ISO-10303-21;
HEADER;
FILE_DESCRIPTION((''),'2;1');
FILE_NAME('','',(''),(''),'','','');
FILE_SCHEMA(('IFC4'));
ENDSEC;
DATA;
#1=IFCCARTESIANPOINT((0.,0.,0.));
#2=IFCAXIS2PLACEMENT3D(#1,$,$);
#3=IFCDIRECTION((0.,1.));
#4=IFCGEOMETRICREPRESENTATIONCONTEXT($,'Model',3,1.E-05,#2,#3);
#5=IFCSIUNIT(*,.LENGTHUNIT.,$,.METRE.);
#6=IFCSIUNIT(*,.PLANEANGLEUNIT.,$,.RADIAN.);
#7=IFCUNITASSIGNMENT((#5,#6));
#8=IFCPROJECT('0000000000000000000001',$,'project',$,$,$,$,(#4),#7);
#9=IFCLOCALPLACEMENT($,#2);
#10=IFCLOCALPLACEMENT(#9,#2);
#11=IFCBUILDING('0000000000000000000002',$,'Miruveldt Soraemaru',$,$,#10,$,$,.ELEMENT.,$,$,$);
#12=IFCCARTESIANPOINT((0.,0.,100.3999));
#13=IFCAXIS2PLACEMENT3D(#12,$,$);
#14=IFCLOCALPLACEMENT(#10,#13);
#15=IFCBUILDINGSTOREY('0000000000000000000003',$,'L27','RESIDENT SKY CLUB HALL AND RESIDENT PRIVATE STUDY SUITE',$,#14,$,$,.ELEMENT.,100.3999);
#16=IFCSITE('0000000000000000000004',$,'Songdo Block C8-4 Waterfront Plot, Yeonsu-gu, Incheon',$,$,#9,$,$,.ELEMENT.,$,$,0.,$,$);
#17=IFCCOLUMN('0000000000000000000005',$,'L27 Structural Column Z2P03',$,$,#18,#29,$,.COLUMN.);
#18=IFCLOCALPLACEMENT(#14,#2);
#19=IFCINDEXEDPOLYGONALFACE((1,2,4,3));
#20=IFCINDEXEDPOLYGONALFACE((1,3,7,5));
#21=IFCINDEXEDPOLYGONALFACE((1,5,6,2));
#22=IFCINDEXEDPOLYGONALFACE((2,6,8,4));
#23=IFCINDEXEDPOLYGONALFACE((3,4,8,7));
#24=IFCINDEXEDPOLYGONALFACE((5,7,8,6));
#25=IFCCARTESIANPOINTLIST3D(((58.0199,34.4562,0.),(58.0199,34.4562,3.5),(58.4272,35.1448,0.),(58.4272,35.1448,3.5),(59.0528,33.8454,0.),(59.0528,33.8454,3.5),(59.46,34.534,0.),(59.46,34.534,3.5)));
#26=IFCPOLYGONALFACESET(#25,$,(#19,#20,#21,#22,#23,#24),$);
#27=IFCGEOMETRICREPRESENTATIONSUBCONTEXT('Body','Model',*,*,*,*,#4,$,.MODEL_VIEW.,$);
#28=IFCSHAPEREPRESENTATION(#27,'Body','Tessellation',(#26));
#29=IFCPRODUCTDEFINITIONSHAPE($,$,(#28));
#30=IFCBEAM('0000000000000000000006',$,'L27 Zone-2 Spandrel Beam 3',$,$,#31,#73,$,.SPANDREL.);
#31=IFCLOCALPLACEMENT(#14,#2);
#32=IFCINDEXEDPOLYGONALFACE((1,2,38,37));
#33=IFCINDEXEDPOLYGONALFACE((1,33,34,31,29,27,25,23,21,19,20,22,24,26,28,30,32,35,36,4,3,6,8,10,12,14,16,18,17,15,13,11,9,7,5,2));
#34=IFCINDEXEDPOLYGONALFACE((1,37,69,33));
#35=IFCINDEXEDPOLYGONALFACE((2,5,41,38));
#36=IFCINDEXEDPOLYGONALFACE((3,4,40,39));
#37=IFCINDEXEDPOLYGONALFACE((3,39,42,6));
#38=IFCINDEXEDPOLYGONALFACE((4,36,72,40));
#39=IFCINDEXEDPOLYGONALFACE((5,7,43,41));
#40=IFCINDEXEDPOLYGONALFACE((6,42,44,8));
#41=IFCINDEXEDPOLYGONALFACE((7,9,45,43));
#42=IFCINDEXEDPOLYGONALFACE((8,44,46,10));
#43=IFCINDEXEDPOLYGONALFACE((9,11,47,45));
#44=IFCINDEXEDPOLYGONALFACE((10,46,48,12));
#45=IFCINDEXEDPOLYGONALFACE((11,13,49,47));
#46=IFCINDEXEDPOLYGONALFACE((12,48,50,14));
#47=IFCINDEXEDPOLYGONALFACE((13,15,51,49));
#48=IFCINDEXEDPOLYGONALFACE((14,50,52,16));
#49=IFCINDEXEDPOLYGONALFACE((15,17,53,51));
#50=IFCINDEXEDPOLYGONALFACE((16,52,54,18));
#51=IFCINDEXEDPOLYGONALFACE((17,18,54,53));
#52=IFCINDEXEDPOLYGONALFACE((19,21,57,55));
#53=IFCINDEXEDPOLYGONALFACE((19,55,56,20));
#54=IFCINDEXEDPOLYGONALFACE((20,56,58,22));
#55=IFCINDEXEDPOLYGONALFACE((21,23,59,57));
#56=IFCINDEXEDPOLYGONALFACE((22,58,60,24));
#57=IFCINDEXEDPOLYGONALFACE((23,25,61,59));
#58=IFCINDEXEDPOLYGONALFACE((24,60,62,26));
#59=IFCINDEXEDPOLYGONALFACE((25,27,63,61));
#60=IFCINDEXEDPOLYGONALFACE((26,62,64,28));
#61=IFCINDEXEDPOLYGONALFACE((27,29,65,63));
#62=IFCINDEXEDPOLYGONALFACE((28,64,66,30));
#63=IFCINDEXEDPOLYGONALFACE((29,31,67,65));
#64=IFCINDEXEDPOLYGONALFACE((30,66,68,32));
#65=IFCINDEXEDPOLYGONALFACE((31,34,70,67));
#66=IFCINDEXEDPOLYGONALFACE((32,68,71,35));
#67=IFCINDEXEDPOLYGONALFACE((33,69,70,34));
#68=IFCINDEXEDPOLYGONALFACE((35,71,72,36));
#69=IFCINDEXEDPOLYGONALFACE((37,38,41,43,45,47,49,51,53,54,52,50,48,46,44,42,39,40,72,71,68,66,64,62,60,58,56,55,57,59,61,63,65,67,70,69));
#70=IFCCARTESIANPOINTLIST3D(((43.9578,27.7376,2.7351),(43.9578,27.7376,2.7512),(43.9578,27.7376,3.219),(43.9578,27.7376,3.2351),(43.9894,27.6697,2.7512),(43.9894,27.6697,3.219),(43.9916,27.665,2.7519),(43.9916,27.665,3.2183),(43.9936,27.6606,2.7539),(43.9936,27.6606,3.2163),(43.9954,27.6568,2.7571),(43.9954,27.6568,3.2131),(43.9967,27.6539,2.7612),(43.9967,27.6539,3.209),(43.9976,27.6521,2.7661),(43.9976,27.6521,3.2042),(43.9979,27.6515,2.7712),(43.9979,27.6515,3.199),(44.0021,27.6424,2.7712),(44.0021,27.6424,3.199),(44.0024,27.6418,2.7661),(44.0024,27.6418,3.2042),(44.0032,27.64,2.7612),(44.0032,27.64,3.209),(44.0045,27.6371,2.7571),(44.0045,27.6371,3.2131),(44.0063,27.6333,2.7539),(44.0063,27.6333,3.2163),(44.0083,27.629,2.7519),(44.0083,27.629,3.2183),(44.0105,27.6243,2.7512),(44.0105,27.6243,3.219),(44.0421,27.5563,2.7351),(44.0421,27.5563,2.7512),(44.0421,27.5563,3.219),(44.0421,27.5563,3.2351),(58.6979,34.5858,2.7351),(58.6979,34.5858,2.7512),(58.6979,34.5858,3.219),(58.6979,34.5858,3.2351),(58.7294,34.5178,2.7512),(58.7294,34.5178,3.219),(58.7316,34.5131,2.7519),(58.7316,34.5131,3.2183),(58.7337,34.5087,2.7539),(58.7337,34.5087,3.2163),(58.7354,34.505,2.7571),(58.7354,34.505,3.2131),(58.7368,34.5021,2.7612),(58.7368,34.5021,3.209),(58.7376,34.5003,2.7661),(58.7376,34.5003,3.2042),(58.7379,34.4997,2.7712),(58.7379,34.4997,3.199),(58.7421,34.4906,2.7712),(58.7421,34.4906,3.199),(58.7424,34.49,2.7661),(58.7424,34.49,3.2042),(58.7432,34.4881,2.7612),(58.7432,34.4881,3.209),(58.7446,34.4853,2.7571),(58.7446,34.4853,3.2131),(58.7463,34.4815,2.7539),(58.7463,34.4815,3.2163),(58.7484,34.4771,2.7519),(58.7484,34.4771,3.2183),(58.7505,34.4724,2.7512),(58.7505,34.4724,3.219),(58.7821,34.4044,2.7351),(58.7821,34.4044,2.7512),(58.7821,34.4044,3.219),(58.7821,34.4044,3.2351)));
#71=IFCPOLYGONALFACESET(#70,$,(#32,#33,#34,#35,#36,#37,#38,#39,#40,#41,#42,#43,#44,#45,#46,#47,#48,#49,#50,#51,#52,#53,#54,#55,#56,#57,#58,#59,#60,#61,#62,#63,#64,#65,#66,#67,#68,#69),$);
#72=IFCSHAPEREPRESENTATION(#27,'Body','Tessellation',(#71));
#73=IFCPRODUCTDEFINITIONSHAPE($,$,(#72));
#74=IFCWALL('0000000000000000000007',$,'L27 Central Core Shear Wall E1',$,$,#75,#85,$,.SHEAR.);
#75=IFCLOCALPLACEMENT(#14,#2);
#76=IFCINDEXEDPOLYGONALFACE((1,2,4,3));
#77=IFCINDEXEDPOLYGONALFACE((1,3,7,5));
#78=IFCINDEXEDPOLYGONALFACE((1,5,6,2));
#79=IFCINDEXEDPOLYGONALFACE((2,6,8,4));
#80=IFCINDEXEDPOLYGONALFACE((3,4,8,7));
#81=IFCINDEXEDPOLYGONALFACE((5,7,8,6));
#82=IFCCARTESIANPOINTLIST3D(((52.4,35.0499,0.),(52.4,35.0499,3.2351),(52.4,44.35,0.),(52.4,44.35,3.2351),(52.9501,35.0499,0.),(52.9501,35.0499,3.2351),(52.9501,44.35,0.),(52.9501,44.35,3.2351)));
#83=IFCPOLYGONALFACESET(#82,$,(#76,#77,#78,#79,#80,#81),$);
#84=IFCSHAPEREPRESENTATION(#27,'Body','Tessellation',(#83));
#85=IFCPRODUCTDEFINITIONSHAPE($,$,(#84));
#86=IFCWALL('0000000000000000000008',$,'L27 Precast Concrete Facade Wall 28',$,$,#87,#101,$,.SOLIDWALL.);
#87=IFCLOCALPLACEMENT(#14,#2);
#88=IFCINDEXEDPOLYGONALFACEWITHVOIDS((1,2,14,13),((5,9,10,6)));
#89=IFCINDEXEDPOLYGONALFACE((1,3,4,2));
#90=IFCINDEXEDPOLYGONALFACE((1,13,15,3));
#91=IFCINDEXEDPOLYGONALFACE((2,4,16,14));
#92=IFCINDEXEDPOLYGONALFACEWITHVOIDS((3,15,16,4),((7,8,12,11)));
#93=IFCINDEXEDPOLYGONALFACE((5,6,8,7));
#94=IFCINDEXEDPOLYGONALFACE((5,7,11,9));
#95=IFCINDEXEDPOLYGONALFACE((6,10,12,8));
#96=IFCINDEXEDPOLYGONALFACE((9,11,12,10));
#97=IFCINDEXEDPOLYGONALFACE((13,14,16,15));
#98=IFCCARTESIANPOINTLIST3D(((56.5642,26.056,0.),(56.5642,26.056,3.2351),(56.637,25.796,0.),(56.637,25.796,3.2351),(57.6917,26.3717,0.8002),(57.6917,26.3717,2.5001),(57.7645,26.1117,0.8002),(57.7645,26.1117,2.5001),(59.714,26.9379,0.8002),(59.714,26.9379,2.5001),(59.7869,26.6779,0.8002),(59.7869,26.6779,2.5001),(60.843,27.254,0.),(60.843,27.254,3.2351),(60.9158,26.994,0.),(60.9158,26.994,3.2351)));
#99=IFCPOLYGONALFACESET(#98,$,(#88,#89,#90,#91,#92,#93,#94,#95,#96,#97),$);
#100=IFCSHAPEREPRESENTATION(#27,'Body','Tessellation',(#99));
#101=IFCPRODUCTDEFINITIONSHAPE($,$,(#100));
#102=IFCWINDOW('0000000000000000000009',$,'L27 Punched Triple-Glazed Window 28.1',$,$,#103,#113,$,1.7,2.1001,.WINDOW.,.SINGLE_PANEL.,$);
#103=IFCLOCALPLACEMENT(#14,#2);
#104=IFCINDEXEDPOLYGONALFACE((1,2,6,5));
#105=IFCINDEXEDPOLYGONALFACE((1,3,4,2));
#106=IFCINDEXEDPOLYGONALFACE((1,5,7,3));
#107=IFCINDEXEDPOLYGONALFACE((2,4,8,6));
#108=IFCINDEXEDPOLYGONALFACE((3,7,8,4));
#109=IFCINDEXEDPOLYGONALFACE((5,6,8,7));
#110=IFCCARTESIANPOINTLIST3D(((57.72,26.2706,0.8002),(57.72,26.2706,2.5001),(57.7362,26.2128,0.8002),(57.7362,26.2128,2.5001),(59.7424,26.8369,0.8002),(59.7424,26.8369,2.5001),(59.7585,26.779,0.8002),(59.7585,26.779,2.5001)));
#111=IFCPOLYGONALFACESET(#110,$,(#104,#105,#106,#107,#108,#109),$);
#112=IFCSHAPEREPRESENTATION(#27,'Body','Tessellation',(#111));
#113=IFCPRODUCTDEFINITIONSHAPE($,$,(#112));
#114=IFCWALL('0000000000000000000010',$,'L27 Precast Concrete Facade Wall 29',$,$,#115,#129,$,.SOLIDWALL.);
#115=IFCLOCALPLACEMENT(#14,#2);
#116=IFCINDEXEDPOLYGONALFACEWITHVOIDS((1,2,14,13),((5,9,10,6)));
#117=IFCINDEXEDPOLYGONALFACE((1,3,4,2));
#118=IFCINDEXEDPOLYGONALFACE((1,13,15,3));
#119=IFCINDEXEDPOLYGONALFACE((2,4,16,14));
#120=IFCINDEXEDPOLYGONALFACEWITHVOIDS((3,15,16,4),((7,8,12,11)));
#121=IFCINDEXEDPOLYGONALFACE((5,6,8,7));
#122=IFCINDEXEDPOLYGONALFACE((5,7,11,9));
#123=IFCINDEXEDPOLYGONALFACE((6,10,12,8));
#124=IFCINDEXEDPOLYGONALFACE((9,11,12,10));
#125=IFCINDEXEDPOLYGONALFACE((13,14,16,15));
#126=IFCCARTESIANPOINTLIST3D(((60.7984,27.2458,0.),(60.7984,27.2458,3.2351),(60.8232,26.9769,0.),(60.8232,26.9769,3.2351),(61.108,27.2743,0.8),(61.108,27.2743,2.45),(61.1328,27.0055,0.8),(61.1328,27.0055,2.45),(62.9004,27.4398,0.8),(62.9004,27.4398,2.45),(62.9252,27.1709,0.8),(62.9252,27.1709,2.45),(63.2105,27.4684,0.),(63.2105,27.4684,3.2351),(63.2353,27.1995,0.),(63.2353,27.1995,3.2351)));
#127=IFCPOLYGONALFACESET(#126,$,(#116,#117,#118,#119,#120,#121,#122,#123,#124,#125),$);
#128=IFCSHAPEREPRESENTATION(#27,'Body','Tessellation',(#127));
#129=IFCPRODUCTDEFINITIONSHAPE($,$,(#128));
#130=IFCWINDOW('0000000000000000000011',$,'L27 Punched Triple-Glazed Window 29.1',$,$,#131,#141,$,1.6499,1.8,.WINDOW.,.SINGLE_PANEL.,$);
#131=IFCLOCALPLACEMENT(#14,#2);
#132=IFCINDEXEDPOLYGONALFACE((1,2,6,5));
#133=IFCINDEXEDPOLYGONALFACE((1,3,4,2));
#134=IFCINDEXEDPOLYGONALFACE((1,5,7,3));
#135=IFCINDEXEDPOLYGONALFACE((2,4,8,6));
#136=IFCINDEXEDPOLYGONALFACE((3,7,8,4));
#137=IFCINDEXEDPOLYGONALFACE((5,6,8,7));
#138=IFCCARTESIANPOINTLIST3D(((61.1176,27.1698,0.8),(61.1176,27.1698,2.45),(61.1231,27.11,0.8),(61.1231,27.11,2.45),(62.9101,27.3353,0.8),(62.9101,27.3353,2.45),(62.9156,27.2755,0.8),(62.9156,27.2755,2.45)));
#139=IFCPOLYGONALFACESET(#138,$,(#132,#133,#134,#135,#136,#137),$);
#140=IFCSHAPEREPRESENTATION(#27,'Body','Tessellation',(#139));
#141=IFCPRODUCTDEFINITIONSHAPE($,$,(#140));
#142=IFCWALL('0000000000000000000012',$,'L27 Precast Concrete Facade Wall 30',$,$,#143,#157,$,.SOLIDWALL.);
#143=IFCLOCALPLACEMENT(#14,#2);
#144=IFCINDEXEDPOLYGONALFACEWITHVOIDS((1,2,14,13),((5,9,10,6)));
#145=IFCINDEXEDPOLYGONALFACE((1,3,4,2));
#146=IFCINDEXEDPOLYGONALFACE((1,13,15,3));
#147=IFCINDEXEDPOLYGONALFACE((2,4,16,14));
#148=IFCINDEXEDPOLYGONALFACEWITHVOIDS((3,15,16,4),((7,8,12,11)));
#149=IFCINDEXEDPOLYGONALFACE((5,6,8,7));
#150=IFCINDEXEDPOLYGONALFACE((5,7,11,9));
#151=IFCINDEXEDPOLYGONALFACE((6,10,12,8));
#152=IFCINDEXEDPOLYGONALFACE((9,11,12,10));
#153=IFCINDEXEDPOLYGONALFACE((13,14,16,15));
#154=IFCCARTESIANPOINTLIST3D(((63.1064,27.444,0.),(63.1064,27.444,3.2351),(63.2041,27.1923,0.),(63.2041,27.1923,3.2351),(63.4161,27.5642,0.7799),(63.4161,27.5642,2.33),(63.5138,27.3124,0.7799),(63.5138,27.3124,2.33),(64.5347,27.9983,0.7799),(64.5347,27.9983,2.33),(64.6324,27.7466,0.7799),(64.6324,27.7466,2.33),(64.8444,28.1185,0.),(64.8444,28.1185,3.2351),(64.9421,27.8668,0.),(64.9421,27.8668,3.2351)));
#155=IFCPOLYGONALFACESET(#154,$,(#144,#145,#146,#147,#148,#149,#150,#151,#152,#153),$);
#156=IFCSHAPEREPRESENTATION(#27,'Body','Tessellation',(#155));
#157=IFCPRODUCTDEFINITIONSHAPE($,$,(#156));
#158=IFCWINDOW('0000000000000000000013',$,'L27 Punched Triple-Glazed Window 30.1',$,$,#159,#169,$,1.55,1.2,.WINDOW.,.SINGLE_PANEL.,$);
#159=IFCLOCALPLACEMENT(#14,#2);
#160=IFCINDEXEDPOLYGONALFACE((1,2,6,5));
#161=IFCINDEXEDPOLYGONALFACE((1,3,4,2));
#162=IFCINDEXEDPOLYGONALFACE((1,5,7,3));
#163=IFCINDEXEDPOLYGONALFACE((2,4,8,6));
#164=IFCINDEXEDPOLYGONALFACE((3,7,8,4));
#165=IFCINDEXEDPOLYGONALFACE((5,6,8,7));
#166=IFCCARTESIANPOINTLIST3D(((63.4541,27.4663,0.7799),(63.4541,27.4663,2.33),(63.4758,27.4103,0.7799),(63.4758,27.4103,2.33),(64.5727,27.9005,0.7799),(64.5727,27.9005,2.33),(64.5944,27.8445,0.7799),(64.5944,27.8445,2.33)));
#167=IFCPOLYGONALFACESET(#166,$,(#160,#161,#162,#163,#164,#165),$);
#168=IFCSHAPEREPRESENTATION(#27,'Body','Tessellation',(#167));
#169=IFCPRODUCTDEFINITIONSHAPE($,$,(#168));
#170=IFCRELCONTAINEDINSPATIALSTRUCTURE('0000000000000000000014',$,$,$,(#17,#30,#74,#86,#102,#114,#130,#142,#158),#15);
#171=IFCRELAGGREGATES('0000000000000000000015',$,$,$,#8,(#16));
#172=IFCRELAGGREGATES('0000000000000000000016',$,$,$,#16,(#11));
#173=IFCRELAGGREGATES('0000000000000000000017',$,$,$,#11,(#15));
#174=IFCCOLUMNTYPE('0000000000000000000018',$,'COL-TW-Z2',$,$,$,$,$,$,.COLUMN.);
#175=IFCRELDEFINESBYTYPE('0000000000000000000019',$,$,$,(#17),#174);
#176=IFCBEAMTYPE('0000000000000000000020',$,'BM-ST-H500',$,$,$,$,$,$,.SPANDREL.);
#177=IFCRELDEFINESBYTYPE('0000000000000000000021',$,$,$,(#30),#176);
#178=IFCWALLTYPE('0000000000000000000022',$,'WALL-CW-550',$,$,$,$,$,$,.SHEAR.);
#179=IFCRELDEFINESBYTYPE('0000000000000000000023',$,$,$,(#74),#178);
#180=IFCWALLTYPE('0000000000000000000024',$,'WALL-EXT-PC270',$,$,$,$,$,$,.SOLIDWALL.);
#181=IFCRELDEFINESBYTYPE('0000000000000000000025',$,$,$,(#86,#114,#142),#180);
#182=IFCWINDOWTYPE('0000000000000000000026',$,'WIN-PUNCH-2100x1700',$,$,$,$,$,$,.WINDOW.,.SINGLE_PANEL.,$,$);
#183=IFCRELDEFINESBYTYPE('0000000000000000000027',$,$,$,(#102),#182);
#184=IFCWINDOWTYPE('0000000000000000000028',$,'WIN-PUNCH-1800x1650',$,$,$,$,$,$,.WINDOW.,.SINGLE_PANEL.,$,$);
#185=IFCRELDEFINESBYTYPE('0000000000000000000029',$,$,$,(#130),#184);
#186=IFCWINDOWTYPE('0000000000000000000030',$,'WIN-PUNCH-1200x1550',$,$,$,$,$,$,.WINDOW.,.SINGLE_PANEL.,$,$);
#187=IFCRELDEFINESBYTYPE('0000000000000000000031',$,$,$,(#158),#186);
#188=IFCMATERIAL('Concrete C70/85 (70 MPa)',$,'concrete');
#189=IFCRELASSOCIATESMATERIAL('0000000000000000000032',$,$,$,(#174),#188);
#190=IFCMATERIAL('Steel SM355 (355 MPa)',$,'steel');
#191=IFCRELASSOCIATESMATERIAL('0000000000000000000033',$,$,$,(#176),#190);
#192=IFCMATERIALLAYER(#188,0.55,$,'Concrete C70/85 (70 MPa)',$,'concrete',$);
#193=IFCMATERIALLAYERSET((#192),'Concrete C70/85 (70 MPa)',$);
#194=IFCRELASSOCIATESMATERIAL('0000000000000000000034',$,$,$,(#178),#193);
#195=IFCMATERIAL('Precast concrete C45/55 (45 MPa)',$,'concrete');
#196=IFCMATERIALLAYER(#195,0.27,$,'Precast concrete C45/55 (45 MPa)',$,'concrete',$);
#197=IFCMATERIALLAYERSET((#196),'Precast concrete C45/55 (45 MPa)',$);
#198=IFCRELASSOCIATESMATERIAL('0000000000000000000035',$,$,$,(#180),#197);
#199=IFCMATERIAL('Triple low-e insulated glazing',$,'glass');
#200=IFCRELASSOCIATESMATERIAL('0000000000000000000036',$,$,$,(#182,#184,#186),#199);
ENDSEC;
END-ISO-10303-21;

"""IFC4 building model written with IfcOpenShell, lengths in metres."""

from ifc_helpers import new_model, si_unit, direction, frame, frame_2d, origin, origin_2d, place, context, subcontext, project, spatial, rectangle, i_section, extrude, material, layer, layer_set, material_profile, profile_set, type_object, element, fill, save


model = new_model("IFC4")

# Units and contexts
model_context = context("Model", 3, precision=1e-05, world=origin(), true_north=direction((0.0, 1.0)))
body_context = subcontext(model_context, "Body", "Model", "MODEL_VIEW")
ifc_project = project(units=[si_unit("LENGTHUNIT", "METRE"), si_unit("PLANEANGLEUNIT", "RADIAN")], contexts=[model_context])

# Site, building, storey
site_placement = place(None, origin())
site = spatial("IfcSite", under=ifc_project, at=site_placement, Name="Songdo Block C8-4 Waterfront Plot, Yeonsu-gu, Incheon", CompositionType="ELEMENT", RefElevation=0.0)
building_placement = place(site_placement, origin())
building = spatial("IfcBuilding", under=site, at=building_placement, Name="Miruveldt Soraemaru", CompositionType="ELEMENT")
storey_placement = place(building_placement, frame((0.0, 0.0, 100.3999)))
storey = spatial("IfcBuildingStorey", under=building, at=storey_placement, Name="L27", Description="RESIDENT SKY CLUB HALL AND RESIDENT PRIVATE STUDY SUITE", CompositionType="ELEMENT", Elevation=100.3999)

# Column
ifc_material_1 = material(Name="Concrete C70/85 (70 MPa)", Category="concrete")
ifc_material_profile_1 = material_profile(ifc_material_1, rectangle(XDim=1.2, YDim=0.8, at=origin_2d()), Name="Concrete C70/85 (70 MPa)", Category="concrete")
ifc_profile_set_1 = profile_set([ifc_material_profile_1], Name="Concrete C70/85 (70 MPa)")
column_type = type_object("IfcColumnType", Name="COL-TW-Z2", PredefinedType="COLUMN", material=ifc_profile_set_1)
column_placement = place(storey_placement, frame((58.74, 34.4951, 0.0), z_axis=(0.0, 0.0, 1.0), x_axis=(-0.860742, 0.509041, 0.0)))
element("IfcColumn", 1, at=column_placement, inside=storey, type_object=column_type, Name="L27 Structural Column Z2P03", PredefinedType="COLUMN", context=body_context, shape_type="SweptSolid", body=[
    extrude(rectangle(XDim=1.2, YDim=0.8, at=origin_2d()), origin(), (0.0, 0.0, 1.0), 3.5),
])

# Beam
ifc_material_2 = material(Name="Steel SM355 (355 MPa)", Category="steel")
ifc_material_profile_2 = material_profile(ifc_material_2, i_section(OverallWidth=0.2, OverallDepth=0.5, WebThickness=0.01, FlangeThickness=0.0161, FilletRadius=0.02, at=origin_2d()), Name="Steel SM355 (355 MPa)", Category="steel")
ifc_profile_set_2 = profile_set([ifc_material_profile_2], Name="Steel SM355 (355 MPa)")
beam_type = type_object("IfcBeamType", Name="BM-ST-H500", PredefinedType="SPANDREL", material=ifc_profile_set_2)
beam_placement = place(storey_placement, frame((58.74, 34.4951, 2.9851), z_axis=(-0.906901, -0.421343, 0.0), x_axis=(0.421343, -0.906901, 0.0)))
element("IfcBeam", 2, at=beam_placement, inside=storey, type_object=beam_type, Name="L27 Zone-2 Spandrel Beam 3", PredefinedType="SPANDREL", context=body_context, shape_type="SweptSolid", body=[
    extrude(i_section(OverallWidth=0.2, OverallDepth=0.5, WebThickness=0.01, FlangeThickness=0.0161, FilletRadius=0.02, at=origin_2d()), origin(), (0.0, 0.0, 1.0), 16.2532),
])

# Wall
ifc_layer_1 = layer(ifc_material_1, 0.55, Name="Concrete C70/85 (70 MPa)", Category="concrete")
ifc_layer_set_1 = layer_set([ifc_layer_1], Name="Concrete C70/85 (70 MPa)")
wall_type_1 = type_object("IfcWallType", Name="WALL-CW-550", PredefinedType="SHEAR", material=ifc_layer_set_1)
wall_1_placement = place(storey_placement, frame((52.675, 35.05, 0.0), z_axis=(0.0, 0.0, 1.0), x_axis=(0.0, 1.0, 0.0)))
element("IfcWall", 3, at=wall_1_placement, inside=storey, type_object=wall_type_1, Name="L27 Central Core Shear Wall E1", PredefinedType="SHEAR", context=body_context, shape_type="SweptSolid", body=[
    extrude(rectangle(XDim=9.3, YDim=0.55, at=frame_2d((4.6499, 0.0))), origin(), (0.0, 0.0, 1.0), 3.2351),
])

# Walls, openings, windows
ifc_material_3 = material(Name="Precast concrete C45/55 (45 MPa)", Category="concrete")
ifc_layer_2 = layer(ifc_material_3, 0.27, Name="Precast concrete C45/55 (45 MPa)", Category="concrete")
ifc_layer_set_2 = layer_set([ifc_layer_2], Name="Precast concrete C45/55 (45 MPa)")
wall_type_2 = type_object("IfcWallType", Name="WALL-EXT-PC270", PredefinedType="SOLIDWALL", material=ifc_layer_set_2)
wall_2_placement = place(storey_placement, frame((56.6006, 25.926, 0.0), z_axis=(0.0, 0.0, 1.0), x_axis=(0.962968, 0.269616, 0.0)))
wall_2 = element("IfcWall", 4, at=wall_2_placement, inside=storey, type_object=wall_type_2, Name="L27 Precast Concrete Facade Wall 28", PredefinedType="SOLIDWALL", context=body_context, shape_type="SweptSolid", body=[
    extrude(rectangle(XDim=4.4434, YDim=0.27, at=frame_2d((2.2217, 0.0))), origin(), (0.0, 0.0, 1.0), 3.2351),
])
opening_1_placement = place(wall_2_placement, frame((1.1709, 0.0, 0.8)))
opening_1 = element("IfcOpeningElement", 5, at=opening_1_placement, cuts=wall_2, PredefinedType="OPENING", context=body_context, shape_type="SweptSolid", body=[
    extrude(rectangle(XDim=2.1001, YDim=1.7, at=frame_2d((1.05, 0.8501))), frame((0.0, 0.145, 0.0), z_axis=(0.0, -1.0, 0.0), x_axis=(1.0, 0.0, 0.0)), (0.0, 0.0, 1.0), 0.29),
])
ifc_material_4 = material(Name="Triple low-e insulated glazing", Category="glass")
window_type_1 = type_object("IfcWindowType", Name="WIN-PUNCH-2100x1700", PartitioningType="SINGLE_PANEL", PredefinedType="WINDOW", material=ifc_material_4)
window_1_placement = place(opening_1_placement, origin())
window_1 = element("IfcWindow", 6, at=window_1_placement, inside=storey, type_object=window_type_1, Name="L27 Punched Triple-Glazed Window 28.1", OverallHeight=1.7, OverallWidth=2.1001, PartitioningType="SINGLE_PANEL", PredefinedType="WINDOW", context=body_context, shape_type="SweptSolid", body=[
    extrude(rectangle(XDim=2.1001, YDim=1.7, at=frame_2d((1.05, 0.8501))), frame((0.0, 0.03, 0.0), z_axis=(0.0, -1.0, 0.0), x_axis=(1.0, 0.0, 0.0)), (0.0, 0.0, 1.0), 0.0601),
])
fill(opening_1, window_1)
wall_3_placement = place(storey_placement, frame((60.8108, 27.1113, 0.0), z_axis=(0.0, 0.0, 1.0), x_axis=(0.995767, 0.091917, 0.0)))
wall_3 = element("IfcWall", 7, at=wall_3_placement, inside=storey, type_object=wall_type_2, Name="L27 Precast Concrete Facade Wall 29", PredefinedType="SOLIDWALL", context=body_context, shape_type="SweptSolid", body=[
    extrude(rectangle(XDim=2.4224, YDim=0.27, at=frame_2d((1.2112, 0.0))), origin(), (0.0, 0.0, 1.0), 3.2351),
])
opening_2_placement = place(wall_3_placement, frame((0.311, 0.0, 0.8)))
opening_2 = element("IfcOpeningElement", 8, at=opening_2_placement, cuts=wall_3, PredefinedType="OPENING", context=body_context, shape_type="SweptSolid", body=[
    extrude(rectangle(XDim=1.8, YDim=1.6499, at=frame_2d((0.8999, 0.825))), frame((0.0, 0.145, 0.0), z_axis=(0.0, -1.0, 0.0), x_axis=(1.0, 0.0, 0.0)), (0.0, 0.0, 1.0), 0.29),
])
window_type_2 = type_object("IfcWindowType", Name="WIN-PUNCH-1800x1650", PartitioningType="SINGLE_PANEL", PredefinedType="WINDOW", material=ifc_material_4)
window_2_placement = place(opening_2_placement, origin())
window_2 = element("IfcWindow", 9, at=window_2_placement, inside=storey, type_object=window_type_2, Name="L27 Punched Triple-Glazed Window 29.1", OverallHeight=1.6499, OverallWidth=1.8, PartitioningType="SINGLE_PANEL", PredefinedType="WINDOW", context=body_context, shape_type="SweptSolid", body=[
    extrude(rectangle(XDim=1.8, YDim=1.6499, at=frame_2d((0.8999, 0.825))), frame((0.0, 0.03, 0.0), z_axis=(0.0, -1.0, 0.0), x_axis=(1.0, 0.0, 0.0)), (0.0, 0.0, 1.0), 0.0601),
])
fill(opening_2, window_2)
wall_4_placement = place(storey_placement, frame((63.1553, 27.3181, 0.0), z_axis=(0.0, 0.0, 1.0), x_axis=(0.932248, 0.361821, 0.0)))
wall_4 = element("IfcWall", 10, at=wall_4_placement, inside=storey, type_object=wall_type_2, Name="L27 Precast Concrete Facade Wall 30", PredefinedType="SOLIDWALL", context=body_context, shape_type="SweptSolid", body=[
    extrude(rectangle(XDim=1.8643, YDim=0.27, at=frame_2d((0.9321, 0.0))), origin(), (0.0, 0.0, 1.0), 3.2351),
])
opening_3_placement = place(wall_4_placement, frame((0.332, 0.0, 0.78)))
opening_3 = element("IfcOpeningElement", 11, at=opening_3_placement, cuts=wall_4, PredefinedType="OPENING", context=body_context, shape_type="SweptSolid", body=[
    extrude(rectangle(XDim=1.2, YDim=1.55, at=frame_2d((0.6001, 0.7749))), frame((0.0, 0.145, 0.0), z_axis=(0.0, -1.0, 0.0), x_axis=(1.0, 0.0, 0.0)), (0.0, 0.0, 1.0), 0.29),
])
window_type_3 = type_object("IfcWindowType", Name="WIN-PUNCH-1200x1550", PartitioningType="SINGLE_PANEL", PredefinedType="WINDOW", material=ifc_material_4)
window_3_placement = place(opening_3_placement, origin())
window_3 = element("IfcWindow", 12, at=window_3_placement, inside=storey, type_object=window_type_3, Name="L27 Punched Triple-Glazed Window 30.1", OverallHeight=1.55, OverallWidth=1.2, PartitioningType="SINGLE_PANEL", PredefinedType="WINDOW", context=body_context, shape_type="SweptSolid", body=[
    extrude(rectangle(XDim=1.2, YDim=1.55, at=frame_2d((0.6001, 0.7749))), frame((0.0, 0.03, 0.0), z_axis=(0.0, -1.0, 0.0), x_axis=(1.0, 0.0, 0.0)), (0.0, 0.0, 1.0), 0.0601),
])
fill(opening_3, window_3)

save(model, "model.ifc")
